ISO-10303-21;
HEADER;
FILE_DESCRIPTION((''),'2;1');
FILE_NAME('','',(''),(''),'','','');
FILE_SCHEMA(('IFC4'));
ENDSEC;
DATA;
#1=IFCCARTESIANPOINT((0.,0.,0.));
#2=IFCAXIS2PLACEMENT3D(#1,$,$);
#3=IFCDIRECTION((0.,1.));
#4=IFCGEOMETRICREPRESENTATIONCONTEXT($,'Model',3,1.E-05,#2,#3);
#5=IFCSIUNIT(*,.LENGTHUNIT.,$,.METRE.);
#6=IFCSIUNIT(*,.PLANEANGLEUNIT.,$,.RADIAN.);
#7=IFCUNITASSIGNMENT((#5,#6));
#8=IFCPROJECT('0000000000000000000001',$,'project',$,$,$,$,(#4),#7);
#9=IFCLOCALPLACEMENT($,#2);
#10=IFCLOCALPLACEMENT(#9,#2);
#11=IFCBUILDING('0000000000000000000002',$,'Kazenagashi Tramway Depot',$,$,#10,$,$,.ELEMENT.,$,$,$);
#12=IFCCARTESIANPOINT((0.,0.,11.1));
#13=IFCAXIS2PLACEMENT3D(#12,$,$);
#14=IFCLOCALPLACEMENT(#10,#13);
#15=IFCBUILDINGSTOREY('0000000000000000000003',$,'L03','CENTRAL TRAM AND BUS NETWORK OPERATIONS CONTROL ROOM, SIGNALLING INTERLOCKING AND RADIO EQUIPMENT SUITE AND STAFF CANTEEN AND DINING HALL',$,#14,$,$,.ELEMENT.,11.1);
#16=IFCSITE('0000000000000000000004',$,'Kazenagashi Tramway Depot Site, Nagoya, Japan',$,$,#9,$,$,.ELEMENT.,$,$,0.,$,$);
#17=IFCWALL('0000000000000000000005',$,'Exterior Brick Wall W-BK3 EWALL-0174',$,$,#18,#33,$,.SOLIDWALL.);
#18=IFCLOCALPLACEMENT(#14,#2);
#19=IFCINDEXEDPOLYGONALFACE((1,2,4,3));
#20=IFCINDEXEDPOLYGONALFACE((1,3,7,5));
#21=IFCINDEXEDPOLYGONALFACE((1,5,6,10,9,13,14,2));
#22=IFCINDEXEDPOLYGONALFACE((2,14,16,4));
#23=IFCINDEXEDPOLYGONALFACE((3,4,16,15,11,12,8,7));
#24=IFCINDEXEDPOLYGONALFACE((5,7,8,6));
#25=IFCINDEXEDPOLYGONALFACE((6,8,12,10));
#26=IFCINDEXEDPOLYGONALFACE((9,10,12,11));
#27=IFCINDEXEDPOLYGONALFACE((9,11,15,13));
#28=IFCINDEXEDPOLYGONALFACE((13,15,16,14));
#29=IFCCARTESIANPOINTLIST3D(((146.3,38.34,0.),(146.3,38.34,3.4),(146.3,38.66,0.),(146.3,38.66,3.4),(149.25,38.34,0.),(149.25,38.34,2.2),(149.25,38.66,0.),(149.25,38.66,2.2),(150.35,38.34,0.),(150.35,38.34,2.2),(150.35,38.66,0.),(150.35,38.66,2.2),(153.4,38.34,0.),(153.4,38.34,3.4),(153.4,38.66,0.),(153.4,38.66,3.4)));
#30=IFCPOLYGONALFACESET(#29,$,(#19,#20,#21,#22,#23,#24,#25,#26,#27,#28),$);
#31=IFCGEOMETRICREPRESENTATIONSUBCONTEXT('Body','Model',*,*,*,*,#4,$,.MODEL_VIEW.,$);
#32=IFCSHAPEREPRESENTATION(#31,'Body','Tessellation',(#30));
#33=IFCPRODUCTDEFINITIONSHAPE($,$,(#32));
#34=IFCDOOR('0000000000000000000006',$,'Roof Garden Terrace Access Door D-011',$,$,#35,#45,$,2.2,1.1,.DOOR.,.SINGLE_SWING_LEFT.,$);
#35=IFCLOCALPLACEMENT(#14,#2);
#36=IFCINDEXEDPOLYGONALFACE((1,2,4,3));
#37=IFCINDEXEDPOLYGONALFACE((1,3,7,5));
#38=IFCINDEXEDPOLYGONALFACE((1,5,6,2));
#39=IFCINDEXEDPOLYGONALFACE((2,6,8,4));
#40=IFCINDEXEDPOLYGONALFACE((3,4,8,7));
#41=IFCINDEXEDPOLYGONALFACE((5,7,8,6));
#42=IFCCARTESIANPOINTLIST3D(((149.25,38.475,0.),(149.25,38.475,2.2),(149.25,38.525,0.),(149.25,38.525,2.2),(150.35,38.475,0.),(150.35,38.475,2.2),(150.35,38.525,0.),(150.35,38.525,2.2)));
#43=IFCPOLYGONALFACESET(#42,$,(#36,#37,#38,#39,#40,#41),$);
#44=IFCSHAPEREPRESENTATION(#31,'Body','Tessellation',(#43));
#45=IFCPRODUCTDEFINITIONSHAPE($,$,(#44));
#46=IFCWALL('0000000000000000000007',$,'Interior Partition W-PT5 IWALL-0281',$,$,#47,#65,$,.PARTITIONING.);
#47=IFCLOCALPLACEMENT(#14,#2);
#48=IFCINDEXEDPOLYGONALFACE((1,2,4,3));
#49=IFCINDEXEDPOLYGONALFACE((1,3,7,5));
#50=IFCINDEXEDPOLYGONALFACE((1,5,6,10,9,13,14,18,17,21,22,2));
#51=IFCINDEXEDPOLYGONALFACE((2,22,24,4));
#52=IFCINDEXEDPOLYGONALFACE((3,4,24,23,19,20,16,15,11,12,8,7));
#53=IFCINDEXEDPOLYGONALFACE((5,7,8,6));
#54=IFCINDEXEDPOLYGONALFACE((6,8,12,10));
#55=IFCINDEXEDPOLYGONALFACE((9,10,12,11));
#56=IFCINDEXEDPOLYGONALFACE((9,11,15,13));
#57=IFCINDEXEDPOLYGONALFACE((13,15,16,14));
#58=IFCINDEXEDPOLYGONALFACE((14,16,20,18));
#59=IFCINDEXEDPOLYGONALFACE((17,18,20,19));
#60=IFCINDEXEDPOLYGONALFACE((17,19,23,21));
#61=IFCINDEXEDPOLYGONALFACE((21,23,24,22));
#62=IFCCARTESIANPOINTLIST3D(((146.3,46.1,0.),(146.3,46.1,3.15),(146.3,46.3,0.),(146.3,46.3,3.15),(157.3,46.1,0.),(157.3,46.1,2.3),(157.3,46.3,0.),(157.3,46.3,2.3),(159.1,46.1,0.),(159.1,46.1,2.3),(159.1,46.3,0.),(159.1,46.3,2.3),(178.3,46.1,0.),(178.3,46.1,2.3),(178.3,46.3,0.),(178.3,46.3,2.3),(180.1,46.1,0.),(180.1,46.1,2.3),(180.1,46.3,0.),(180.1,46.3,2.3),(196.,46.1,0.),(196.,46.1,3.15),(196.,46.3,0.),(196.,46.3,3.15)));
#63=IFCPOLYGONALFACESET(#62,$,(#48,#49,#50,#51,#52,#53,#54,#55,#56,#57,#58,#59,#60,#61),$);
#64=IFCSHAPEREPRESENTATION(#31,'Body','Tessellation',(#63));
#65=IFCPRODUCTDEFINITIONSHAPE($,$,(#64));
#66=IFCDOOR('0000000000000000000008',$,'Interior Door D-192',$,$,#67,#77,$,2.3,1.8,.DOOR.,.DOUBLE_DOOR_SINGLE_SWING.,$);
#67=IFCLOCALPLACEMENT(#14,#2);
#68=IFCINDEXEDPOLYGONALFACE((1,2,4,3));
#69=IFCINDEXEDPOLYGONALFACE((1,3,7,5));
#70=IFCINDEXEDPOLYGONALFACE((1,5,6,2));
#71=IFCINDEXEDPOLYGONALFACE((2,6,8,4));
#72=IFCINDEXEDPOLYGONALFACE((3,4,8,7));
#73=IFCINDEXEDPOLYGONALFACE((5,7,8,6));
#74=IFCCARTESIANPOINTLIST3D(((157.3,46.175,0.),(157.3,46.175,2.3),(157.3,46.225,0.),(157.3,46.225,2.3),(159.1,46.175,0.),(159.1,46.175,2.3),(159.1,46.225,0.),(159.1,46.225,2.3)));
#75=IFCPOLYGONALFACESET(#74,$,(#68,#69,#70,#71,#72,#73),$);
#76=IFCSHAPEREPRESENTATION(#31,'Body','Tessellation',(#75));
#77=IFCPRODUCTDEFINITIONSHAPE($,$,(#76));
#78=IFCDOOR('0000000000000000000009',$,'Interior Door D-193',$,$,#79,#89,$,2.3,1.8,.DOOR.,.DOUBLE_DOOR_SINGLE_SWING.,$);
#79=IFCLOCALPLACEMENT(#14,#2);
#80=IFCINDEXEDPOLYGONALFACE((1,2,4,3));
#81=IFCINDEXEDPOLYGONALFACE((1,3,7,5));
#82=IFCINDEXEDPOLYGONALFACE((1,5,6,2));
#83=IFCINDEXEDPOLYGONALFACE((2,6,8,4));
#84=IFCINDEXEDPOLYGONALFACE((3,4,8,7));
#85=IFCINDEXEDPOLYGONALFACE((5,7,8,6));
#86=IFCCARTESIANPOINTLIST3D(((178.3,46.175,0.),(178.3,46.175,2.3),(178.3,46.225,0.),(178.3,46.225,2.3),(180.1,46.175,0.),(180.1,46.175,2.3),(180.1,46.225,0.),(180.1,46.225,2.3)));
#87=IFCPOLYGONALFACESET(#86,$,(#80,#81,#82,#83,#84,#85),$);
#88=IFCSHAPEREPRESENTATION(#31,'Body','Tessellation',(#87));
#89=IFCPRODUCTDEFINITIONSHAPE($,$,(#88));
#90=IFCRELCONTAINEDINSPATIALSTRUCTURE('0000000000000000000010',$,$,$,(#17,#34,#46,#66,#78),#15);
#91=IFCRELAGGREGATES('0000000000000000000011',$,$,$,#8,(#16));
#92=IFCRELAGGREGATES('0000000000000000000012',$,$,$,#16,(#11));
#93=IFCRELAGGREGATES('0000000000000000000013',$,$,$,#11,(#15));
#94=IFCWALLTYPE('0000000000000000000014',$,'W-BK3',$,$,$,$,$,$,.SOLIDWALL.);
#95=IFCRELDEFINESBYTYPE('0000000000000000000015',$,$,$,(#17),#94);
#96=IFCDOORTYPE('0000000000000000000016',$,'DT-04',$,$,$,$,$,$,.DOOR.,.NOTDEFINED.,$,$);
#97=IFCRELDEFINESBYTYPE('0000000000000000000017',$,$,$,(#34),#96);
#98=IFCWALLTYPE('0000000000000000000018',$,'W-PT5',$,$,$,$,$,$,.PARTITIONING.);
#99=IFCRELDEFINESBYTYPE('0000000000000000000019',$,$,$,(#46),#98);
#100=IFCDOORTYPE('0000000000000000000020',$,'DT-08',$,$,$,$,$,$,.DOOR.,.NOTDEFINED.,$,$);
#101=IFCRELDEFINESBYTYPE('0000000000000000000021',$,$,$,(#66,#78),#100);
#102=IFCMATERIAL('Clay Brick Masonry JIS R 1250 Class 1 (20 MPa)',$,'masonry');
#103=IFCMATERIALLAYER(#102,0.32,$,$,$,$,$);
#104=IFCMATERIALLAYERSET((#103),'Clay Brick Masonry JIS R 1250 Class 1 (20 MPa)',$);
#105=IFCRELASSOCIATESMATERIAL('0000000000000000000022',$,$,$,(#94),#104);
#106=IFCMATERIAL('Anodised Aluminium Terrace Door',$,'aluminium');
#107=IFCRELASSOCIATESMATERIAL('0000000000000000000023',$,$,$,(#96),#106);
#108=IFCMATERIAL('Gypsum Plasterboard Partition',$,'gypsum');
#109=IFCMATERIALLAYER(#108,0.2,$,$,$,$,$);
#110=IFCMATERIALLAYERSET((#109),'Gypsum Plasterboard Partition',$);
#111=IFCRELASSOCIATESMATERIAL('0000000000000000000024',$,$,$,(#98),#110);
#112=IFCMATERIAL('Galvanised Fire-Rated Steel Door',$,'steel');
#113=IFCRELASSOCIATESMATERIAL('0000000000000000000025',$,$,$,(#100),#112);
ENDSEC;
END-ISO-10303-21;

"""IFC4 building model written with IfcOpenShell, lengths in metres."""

from ifc_helpers import new_model, si_unit, direction, frame, frame_2d, origin, place, context, subcontext, project, spatial, rectangle, extrude, material, layer, layer_set, type_object, element, fill, save


model = new_model("IFC4")

# Units and contexts
model_context = context("Model", 3, precision=1e-05, world=origin(), true_north=direction((0.0, 1.0)))
body_context = subcontext(model_context, "Body", "Model", "MODEL_VIEW")
ifc_project = project(units=[si_unit("LENGTHUNIT", "METRE"), si_unit("PLANEANGLEUNIT", "RADIAN")], contexts=[model_context])

# Site, building, storey
site_placement = place(None, origin())
site = spatial("IfcSite", under=ifc_project, at=site_placement, Name="Kazenagashi Tramway Depot Site, Nagoya, Japan", CompositionType="ELEMENT", RefElevation=0.0)
building_placement = place(site_placement, origin())
building = spatial("IfcBuilding", under=site, at=building_placement, Name="Kazenagashi Tramway Depot", CompositionType="ELEMENT")
storey_placement = place(building_placement, frame((0.0, 0.0, 11.1)))
storey = spatial("IfcBuildingStorey", under=building, at=storey_placement, Name="L03", Description="CENTRAL TRAM AND BUS NETWORK OPERATIONS CONTROL ROOM, SIGNALLING INTERLOCKING AND RADIO EQUIPMENT SUITE AND STAFF CANTEEN AND DINING HALL", CompositionType="ELEMENT", Elevation=11.1)

# Wall, opening, door
ifc_material_1 = material(Name="Clay Brick Masonry JIS R 1250 Class 1 (20 MPa)", Category="masonry")
ifc_layer_1 = layer(ifc_material_1, 0.32)
ifc_layer_set_1 = layer_set([ifc_layer_1], Name="Clay Brick Masonry JIS R 1250 Class 1 (20 MPa)")
wall_type_1 = type_object("IfcWallType", Name="W-BK3", PredefinedType="SOLIDWALL", material=ifc_layer_set_1)
wall_1_placement = place(storey_placement, frame((146.3, 38.5, 0.0), z_axis=(0.0, 0.0, 1.0), x_axis=(1.0, 0.0, 0.0)))
wall_1 = element("IfcWall", 1, at=wall_1_placement, inside=storey, type_object=wall_type_1, Name="Exterior Brick Wall W-BK3 EWALL-0174", PredefinedType="SOLIDWALL", context=body_context, shape_type="SweptSolid", body=[
    extrude(rectangle(XDim=7.1, YDim=0.32, at=frame_2d((3.55, 0.0))), origin(), (0.0, 0.0, 1.0), 3.4),
])
opening_1_placement = place(wall_1_placement, frame((2.95, 0.0, 0.0)))
opening_1 = element("IfcOpeningElement", 2, at=opening_1_placement, cuts=wall_1, PredefinedType="OPENING", context=body_context, shape_type="SweptSolid", body=[
    extrude(rectangle(XDim=1.1, YDim=2.2, at=frame_2d((0.55, 1.1))), frame((0.0, 0.17, 0.0), z_axis=(0.0, -1.0, 0.0), x_axis=(1.0, 0.0, 0.0)), (0.0, 0.0, 1.0), 0.34),
])
ifc_material_2 = material(Name="Anodised Aluminium Terrace Door", Category="aluminium")
door_type_1 = type_object("IfcDoorType", Name="DT-04", OperationType="NOTDEFINED", PredefinedType="DOOR", material=ifc_material_2)
door_1_placement = place(opening_1_placement, frame((1.1, 0.0, 0.0), z_axis=(0.0, 0.0, 1.0), x_axis=(-1.0, 0.0, 0.0)))
door_1 = element("IfcDoor", 3, at=door_1_placement, inside=storey, type_object=door_type_1, Name="Roof Garden Terrace Access Door D-011", OperationType="SINGLE_SWING_LEFT", OverallHeight=2.2, OverallWidth=1.1, PredefinedType="DOOR", context=body_context, shape_type="SweptSolid", body=[
    extrude(rectangle(XDim=1.1, YDim=2.2, at=frame_2d((0.55, 1.1))), frame((0.0, 0.025, 0.0), z_axis=(0.0, -1.0, 0.0), x_axis=(1.0, 0.0, 0.0)), (0.0, 0.0, 1.0), 0.05),
])
fill(opening_1, door_1)

# Wall, openings, doors
ifc_material_3 = material(Name="Gypsum Plasterboard Partition", Category="gypsum")
ifc_layer_2 = layer(ifc_material_3, 0.2)
ifc_layer_set_2 = layer_set([ifc_layer_2], Name="Gypsum Plasterboard Partition")
wall_type_2 = type_object("IfcWallType", Name="W-PT5", PredefinedType="PARTITIONING", material=ifc_layer_set_2)
wall_2_placement = place(storey_placement, frame((146.3, 46.2, 0.0), z_axis=(0.0, 0.0, 1.0), x_axis=(1.0, 0.0, 0.0)))
wall_2 = element("IfcWall", 4, at=wall_2_placement, inside=storey, type_object=wall_type_2, Name="Interior Partition W-PT5 IWALL-0281", PredefinedType="PARTITIONING", context=body_context, shape_type="SweptSolid", body=[
    extrude(rectangle(XDim=49.7, YDim=0.2, at=frame_2d((24.85, 0.0))), origin(), (0.0, 0.0, 1.0), 3.15),
])
opening_2_placement = place(wall_2_placement, frame((11.0, 0.0, 0.0)))
opening_2 = element("IfcOpeningElement", 5, at=opening_2_placement, cuts=wall_2, PredefinedType="OPENING", context=body_context, shape_type="SweptSolid", body=[
    extrude(rectangle(XDim=1.8, YDim=2.3, at=frame_2d((0.9, 1.15))), frame((0.0, 0.11, 0.0), z_axis=(0.0, -1.0, 0.0), x_axis=(1.0, 0.0, 0.0)), (0.0, 0.0, 1.0), 0.22),
])
opening_3_placement = place(wall_2_placement, frame((32.0, 0.0, 0.0)))
opening_3 = element("IfcOpeningElement", 6, at=opening_3_placement, cuts=wall_2, PredefinedType="OPENING", context=body_context, shape_type="SweptSolid", body=[
    extrude(rectangle(XDim=1.8, YDim=2.3, at=frame_2d((0.9, 1.15))), frame((0.0, 0.11, 0.0), z_axis=(0.0, -1.0, 0.0), x_axis=(1.0, 0.0, 0.0)), (0.0, 0.0, 1.0), 0.22),
])
ifc_material_4 = material(Name="Galvanised Fire-Rated Steel Door", Category="steel")
door_type_2 = type_object("IfcDoorType", Name="DT-08", OperationType="NOTDEFINED", PredefinedType="DOOR", material=ifc_material_4)
door_2_placement = place(opening_2_placement, origin())
door_2 = element("IfcDoor", 7, at=door_2_placement, inside=storey, type_object=door_type_2, Name="Interior Door D-192", OperationType="DOUBLE_DOOR_SINGLE_SWING", OverallHeight=2.3, OverallWidth=1.8, PredefinedType="DOOR", context=body_context, shape_type="SweptSolid", body=[
    extrude(rectangle(XDim=1.8, YDim=2.3, at=frame_2d((0.9, 1.15))), frame((0.0, 0.025, 0.0), z_axis=(0.0, -1.0, 0.0), x_axis=(1.0, 0.0, 0.0)), (0.0, 0.0, 1.0), 0.05),
])
fill(opening_2, door_2)
door_3_placement = place(opening_3_placement, origin())
door_3 = element("IfcDoor", 8, at=door_3_placement, inside=storey, type_object=door_type_2, Name="Interior Door D-193", OperationType="DOUBLE_DOOR_SINGLE_SWING", OverallHeight=2.3, OverallWidth=1.8, PredefinedType="DOOR", context=body_context, shape_type="SweptSolid", body=[
    extrude(rectangle(XDim=1.8, YDim=2.3, at=frame_2d((0.9, 1.15))), frame((0.0, 0.025, 0.0), z_axis=(0.0, -1.0, 0.0), x_axis=(1.0, 0.0, 0.0)), (0.0, 0.0, 1.0), 0.05),
])
fill(opening_3, door_3)

save(model, "model.ifc")
